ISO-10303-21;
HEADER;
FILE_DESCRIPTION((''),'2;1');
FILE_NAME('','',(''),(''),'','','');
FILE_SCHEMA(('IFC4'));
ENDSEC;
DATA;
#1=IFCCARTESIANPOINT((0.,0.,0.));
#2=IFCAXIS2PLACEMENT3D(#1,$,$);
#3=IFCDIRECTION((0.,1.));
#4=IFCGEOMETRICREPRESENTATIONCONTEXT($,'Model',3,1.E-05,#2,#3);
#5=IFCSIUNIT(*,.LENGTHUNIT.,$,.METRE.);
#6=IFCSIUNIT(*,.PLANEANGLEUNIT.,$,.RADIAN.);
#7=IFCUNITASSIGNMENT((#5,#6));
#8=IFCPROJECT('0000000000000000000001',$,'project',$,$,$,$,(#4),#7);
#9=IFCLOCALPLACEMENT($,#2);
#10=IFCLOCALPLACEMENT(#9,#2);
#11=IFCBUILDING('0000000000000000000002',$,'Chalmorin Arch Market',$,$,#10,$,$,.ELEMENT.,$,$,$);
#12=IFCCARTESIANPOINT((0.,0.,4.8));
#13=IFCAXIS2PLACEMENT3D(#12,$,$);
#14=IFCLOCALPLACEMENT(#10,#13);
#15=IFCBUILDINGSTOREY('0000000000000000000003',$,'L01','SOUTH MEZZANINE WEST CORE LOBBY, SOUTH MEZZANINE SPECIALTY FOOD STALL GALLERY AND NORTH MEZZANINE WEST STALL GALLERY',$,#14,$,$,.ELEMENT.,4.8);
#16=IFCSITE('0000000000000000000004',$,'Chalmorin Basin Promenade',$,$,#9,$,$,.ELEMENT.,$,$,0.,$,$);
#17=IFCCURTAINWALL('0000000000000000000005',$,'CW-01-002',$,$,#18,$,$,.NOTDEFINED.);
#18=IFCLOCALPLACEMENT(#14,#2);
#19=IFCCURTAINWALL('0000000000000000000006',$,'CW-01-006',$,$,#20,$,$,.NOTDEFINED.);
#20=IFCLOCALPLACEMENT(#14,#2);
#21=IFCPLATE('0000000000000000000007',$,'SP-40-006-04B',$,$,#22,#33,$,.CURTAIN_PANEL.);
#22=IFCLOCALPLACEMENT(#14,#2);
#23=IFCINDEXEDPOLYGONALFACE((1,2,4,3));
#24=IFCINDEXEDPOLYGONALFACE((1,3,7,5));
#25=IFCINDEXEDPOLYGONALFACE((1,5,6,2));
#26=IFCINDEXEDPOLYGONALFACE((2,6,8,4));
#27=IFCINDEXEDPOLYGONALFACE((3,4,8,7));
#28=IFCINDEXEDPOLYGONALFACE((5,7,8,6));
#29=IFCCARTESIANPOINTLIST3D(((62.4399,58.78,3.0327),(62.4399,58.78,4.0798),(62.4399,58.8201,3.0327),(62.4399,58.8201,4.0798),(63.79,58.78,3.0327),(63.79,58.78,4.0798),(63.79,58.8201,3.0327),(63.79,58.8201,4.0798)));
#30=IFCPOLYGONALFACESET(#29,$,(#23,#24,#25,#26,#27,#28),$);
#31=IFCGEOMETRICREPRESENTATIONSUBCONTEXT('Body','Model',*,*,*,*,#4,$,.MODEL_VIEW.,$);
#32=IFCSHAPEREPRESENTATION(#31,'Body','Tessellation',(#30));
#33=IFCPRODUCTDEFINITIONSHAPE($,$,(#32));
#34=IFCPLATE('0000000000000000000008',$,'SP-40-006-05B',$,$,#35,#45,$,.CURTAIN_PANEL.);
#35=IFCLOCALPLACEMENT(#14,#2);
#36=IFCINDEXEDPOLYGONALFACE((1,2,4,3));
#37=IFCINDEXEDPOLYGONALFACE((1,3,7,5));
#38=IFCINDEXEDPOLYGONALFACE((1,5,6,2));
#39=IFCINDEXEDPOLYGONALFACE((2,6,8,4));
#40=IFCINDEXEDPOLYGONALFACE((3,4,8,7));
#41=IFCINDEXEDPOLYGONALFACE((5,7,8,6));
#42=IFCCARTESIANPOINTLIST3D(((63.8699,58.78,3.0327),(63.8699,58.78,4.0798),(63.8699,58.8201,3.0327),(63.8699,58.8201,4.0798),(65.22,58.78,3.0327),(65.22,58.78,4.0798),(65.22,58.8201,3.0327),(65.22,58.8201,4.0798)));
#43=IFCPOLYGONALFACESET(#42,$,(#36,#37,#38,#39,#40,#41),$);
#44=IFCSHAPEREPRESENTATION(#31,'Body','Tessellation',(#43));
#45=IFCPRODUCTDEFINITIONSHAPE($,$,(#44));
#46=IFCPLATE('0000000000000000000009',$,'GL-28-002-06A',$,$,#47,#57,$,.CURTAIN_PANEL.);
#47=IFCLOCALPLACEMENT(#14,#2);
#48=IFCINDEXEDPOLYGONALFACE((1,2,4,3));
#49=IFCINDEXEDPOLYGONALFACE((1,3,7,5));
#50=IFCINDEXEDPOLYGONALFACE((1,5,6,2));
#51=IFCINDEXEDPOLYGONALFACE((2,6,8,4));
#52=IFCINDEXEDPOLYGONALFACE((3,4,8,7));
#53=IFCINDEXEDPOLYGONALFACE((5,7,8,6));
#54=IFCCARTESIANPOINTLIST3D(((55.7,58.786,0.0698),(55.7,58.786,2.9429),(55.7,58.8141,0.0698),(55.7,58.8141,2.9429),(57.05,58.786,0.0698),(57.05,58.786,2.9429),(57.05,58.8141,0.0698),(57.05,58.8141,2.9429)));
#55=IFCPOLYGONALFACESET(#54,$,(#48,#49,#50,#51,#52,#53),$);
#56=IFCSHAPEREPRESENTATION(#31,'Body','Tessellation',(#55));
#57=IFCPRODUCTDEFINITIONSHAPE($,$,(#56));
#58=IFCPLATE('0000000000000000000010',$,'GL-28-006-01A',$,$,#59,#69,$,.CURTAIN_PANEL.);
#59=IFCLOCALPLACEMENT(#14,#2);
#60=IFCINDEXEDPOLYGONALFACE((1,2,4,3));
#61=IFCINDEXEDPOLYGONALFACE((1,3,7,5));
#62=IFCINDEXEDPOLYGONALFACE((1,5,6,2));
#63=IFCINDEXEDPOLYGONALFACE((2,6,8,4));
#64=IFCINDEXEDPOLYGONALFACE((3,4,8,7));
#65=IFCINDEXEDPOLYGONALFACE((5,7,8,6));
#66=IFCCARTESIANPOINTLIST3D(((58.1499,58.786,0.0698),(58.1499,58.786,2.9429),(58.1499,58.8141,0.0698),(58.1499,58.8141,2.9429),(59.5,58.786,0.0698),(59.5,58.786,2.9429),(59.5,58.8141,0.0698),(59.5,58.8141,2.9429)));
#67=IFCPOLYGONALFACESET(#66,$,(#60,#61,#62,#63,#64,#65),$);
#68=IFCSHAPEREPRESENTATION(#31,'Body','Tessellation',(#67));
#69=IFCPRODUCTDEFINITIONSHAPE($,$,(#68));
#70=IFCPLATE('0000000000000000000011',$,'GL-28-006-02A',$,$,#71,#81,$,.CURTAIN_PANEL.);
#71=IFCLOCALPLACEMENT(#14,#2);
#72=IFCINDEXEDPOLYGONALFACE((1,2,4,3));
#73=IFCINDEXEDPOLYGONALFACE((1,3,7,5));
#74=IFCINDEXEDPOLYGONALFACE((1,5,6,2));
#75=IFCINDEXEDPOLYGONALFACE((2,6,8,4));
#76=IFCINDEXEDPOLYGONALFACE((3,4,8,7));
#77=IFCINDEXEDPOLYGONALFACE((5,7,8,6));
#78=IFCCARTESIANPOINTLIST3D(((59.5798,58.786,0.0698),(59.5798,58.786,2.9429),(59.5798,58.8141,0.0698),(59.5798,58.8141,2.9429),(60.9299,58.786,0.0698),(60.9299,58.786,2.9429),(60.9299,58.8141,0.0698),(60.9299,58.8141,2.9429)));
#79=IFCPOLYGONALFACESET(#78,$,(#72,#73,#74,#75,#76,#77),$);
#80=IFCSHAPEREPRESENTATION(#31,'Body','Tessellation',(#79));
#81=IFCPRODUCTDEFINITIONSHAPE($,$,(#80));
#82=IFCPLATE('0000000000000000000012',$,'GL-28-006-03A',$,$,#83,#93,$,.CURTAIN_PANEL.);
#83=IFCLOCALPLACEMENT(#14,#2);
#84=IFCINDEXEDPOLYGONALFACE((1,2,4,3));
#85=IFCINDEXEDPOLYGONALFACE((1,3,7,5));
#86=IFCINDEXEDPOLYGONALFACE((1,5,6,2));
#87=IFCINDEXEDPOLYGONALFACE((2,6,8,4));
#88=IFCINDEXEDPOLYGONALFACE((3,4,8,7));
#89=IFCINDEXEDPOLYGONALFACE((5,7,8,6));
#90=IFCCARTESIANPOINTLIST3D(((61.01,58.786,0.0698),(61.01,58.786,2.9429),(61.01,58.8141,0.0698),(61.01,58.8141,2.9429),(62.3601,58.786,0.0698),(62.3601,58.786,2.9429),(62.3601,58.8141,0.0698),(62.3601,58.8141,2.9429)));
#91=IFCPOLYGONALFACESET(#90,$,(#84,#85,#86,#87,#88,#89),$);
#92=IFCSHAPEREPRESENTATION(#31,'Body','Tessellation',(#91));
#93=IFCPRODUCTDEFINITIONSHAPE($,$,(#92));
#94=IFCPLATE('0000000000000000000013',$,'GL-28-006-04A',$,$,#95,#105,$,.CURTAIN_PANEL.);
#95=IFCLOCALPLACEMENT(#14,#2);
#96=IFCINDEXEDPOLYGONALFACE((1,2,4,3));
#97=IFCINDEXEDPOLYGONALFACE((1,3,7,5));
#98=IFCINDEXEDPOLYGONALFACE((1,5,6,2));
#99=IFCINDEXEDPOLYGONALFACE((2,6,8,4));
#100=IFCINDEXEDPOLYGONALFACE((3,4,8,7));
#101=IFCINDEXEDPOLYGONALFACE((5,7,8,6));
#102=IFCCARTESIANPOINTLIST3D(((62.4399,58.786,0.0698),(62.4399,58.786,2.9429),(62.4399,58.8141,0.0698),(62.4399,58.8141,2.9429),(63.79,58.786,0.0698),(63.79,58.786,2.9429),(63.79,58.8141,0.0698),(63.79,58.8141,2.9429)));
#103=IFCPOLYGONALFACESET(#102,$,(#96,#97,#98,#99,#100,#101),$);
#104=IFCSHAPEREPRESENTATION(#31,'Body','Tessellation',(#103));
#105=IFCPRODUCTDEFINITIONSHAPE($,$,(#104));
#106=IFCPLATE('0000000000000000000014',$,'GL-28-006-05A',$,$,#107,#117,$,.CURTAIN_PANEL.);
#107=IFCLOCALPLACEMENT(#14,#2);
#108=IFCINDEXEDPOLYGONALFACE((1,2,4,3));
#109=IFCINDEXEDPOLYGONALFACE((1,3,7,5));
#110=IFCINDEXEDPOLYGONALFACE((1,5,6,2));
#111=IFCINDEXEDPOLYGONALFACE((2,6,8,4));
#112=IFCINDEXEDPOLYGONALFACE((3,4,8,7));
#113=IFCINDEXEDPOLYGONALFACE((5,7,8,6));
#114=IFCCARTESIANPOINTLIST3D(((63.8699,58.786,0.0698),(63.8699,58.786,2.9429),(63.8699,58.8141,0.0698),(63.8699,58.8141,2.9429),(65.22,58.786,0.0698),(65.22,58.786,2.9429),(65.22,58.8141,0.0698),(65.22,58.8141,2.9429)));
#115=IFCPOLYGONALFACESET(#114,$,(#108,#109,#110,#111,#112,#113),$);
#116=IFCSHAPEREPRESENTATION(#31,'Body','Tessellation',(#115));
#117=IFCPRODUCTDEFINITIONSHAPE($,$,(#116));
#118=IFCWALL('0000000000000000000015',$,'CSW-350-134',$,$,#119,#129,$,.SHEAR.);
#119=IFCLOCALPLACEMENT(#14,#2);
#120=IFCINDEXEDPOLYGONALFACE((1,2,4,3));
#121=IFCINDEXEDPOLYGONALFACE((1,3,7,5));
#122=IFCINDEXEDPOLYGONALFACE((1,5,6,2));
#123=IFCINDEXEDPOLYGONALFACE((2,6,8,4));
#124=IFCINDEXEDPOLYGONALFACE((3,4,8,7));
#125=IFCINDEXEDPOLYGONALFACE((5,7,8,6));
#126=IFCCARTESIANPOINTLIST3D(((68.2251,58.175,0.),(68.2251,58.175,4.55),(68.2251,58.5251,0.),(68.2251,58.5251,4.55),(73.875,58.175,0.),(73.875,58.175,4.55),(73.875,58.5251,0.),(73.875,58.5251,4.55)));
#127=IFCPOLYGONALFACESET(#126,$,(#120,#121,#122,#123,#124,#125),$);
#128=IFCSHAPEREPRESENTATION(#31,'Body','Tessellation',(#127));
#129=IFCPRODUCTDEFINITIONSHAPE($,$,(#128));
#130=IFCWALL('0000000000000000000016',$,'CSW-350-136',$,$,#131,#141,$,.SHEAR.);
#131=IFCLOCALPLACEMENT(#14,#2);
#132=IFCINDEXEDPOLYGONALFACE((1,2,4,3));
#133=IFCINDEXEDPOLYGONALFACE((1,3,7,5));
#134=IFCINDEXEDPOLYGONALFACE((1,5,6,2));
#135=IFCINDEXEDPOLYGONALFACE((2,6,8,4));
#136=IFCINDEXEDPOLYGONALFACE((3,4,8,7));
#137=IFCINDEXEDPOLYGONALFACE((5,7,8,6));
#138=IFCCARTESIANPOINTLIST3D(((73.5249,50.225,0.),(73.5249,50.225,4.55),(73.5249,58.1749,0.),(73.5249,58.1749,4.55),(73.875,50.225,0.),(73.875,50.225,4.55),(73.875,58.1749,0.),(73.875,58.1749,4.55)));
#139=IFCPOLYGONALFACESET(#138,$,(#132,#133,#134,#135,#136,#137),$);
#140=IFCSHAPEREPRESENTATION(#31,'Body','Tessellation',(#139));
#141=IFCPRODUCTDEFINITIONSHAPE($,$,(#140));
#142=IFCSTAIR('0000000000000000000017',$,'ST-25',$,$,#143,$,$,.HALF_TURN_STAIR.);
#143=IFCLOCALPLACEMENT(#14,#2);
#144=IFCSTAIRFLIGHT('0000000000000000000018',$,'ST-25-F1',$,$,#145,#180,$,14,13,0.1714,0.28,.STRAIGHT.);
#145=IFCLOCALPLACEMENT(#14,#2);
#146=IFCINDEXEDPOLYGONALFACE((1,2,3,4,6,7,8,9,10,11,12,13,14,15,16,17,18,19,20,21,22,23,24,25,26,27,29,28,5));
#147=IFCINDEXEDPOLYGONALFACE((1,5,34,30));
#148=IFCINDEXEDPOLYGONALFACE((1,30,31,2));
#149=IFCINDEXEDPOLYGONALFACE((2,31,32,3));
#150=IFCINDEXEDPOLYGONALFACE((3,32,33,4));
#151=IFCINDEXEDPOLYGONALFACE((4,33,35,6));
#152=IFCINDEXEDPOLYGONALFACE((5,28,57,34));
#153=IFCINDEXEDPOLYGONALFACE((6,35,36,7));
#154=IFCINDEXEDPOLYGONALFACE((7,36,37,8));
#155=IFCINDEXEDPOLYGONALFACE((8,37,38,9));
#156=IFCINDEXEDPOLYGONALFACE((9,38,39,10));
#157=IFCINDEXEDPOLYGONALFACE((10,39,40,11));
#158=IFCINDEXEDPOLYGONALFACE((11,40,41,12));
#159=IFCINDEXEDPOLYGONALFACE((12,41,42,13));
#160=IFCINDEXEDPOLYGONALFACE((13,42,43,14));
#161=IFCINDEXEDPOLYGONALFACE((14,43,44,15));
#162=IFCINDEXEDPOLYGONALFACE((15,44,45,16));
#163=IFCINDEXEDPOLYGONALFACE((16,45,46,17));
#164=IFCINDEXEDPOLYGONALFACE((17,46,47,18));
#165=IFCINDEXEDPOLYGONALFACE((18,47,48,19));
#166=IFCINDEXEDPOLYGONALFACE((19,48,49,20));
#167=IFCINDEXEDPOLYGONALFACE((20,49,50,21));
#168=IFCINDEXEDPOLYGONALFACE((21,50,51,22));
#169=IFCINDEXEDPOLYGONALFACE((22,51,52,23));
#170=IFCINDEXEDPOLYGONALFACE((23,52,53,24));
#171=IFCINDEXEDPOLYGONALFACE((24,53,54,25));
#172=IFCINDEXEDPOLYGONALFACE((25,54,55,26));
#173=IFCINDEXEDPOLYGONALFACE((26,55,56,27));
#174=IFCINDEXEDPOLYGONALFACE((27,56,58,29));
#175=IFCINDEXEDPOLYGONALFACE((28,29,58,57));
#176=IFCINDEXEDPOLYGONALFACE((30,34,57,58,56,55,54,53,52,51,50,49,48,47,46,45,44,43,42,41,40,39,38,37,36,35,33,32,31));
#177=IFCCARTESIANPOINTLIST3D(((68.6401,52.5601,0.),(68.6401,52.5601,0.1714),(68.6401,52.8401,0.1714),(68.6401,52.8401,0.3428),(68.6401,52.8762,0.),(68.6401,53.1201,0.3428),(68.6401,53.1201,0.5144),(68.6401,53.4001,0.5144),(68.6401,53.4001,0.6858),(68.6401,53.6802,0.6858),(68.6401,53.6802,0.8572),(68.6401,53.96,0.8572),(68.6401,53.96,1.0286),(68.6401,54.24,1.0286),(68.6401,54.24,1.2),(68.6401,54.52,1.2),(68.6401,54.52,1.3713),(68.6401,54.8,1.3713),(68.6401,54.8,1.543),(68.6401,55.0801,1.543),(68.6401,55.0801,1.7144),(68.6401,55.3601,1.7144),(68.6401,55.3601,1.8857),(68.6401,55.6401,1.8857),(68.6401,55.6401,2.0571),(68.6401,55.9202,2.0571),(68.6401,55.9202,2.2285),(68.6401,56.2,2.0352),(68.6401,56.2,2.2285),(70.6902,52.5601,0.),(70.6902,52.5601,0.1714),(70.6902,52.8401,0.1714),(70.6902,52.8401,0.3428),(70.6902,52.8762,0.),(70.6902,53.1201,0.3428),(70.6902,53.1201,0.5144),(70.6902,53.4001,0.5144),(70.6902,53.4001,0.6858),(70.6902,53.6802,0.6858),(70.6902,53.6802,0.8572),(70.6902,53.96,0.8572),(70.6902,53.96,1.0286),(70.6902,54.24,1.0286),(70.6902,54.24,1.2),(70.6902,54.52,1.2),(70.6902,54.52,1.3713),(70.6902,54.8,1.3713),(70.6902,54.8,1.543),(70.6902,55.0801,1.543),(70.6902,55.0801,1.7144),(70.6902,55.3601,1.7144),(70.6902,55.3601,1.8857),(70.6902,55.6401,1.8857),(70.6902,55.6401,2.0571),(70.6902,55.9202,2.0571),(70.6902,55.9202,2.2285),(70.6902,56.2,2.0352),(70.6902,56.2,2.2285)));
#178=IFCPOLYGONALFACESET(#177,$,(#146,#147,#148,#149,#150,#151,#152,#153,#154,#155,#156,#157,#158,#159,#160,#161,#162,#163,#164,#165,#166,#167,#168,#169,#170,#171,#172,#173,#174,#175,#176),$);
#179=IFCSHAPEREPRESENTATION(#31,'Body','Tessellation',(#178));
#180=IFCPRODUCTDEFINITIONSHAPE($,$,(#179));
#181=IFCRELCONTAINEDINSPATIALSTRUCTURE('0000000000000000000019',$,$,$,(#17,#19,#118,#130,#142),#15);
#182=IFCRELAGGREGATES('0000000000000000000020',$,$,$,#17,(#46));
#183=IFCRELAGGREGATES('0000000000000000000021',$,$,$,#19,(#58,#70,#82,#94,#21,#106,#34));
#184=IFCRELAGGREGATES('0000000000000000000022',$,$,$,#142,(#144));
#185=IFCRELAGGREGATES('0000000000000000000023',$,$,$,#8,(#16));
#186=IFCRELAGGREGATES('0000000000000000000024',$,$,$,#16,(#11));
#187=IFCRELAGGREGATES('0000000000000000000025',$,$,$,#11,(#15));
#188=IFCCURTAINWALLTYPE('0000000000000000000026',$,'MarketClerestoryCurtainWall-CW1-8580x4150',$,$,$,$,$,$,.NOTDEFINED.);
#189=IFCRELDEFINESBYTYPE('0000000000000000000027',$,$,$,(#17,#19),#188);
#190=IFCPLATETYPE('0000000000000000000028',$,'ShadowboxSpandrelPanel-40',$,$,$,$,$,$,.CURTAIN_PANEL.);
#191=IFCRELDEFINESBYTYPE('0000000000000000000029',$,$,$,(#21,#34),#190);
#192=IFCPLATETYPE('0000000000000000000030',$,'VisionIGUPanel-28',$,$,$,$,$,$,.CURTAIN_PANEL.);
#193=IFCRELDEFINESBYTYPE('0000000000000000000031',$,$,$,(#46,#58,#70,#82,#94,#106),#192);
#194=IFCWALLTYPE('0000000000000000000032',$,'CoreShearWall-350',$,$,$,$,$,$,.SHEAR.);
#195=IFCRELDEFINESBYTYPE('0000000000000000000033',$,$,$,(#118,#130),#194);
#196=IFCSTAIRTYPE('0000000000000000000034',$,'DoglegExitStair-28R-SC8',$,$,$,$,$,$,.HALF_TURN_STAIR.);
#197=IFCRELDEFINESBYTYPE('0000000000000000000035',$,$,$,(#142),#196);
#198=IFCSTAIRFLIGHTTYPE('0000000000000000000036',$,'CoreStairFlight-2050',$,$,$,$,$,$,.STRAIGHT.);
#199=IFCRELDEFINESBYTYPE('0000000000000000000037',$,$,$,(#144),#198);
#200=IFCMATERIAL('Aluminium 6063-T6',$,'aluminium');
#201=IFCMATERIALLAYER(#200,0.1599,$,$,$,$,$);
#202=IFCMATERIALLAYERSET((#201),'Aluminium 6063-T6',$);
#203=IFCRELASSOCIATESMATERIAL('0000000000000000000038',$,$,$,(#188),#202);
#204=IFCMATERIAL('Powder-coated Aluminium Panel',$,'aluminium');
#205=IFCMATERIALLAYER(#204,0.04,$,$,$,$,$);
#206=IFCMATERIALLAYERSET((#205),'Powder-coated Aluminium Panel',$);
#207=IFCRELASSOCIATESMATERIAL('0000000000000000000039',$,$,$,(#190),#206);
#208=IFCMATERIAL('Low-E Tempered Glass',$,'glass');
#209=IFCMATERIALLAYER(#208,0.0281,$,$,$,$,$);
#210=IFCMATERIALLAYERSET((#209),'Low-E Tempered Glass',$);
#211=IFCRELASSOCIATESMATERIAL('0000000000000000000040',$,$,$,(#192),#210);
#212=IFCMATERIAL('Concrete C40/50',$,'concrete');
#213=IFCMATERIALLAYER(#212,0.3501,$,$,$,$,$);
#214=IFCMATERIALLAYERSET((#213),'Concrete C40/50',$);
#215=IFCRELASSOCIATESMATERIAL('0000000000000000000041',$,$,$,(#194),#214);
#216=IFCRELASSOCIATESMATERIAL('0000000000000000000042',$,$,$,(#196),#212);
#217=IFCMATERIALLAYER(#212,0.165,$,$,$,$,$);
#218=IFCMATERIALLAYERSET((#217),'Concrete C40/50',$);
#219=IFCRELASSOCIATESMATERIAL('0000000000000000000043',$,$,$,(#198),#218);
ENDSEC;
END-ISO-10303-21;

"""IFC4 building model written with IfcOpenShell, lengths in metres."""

from ifc_helpers import new_model, si_unit, direction, frame, frame_2d, origin, origin_2d, place, context, subcontext, project, spatial, polyline, rectangle, outline, extrude, material, layer, layer_set, type_object, element, aggregate, save


model = new_model("IFC4")

# Units and contexts
model_context = context("Model", 3, precision=1e-05, world=origin(), true_north=direction((0.0, 1.0)))
body_context = subcontext(model_context, "Body", "Model", "MODEL_VIEW")
ifc_project = project(units=[si_unit("LENGTHUNIT", "METRE"), si_unit("PLANEANGLEUNIT", "RADIAN")], contexts=[model_context])

# Site, building, storey
site_placement = place(None, origin())
site = spatial("IfcSite", under=ifc_project, at=site_placement, Name="Chalmorin Basin Promenade", CompositionType="ELEMENT", RefElevation=0.0)
building_placement = place(site_placement, origin())
building = spatial("IfcBuilding", under=site, at=building_placement, Name="Chalmorin Arch Market", CompositionType="ELEMENT")
storey_placement = place(building_placement, frame((0.0, 0.0, 4.8)))
storey = spatial("IfcBuildingStorey", under=building, at=storey_placement, Name="L01", Description="SOUTH MEZZANINE WEST CORE LOBBY, SOUTH MEZZANINE SPECIALTY FOOD STALL GALLERY AND NORTH MEZZANINE WEST STALL GALLERY", CompositionType="ELEMENT", Elevation=4.8)

# Curtain wall
ifc_material_1 = material(Name="Aluminium 6063-T6", Category="aluminium")
ifc_layer_1 = layer(ifc_material_1, 0.1599)
ifc_layer_set_1 = layer_set([ifc_layer_1], Name="Aluminium 6063-T6")
curtain_wall_type = type_object("IfcCurtainWallType", Name="MarketClerestoryCurtainWall-CW1-8580x4150", PredefinedType="NOTDEFINED", material=ifc_layer_set_1)
curtain_wall_1_placement = place(storey_placement, origin())
curtain_wall_1 = element("IfcCurtainWall", 1, at=curtain_wall_1_placement, inside=storey, type_object=curtain_wall_type, Name="CW-01-002", PredefinedType="NOTDEFINED")

# Curtain wall
curtain_wall_2_placement = place(storey_placement, origin())
curtain_wall_2 = element("IfcCurtainWall", 2, at=curtain_wall_2_placement, inside=storey, type_object=curtain_wall_type, Name="CW-01-006", PredefinedType="NOTDEFINED")

# Plates
ifc_material_2 = material(Name="Powder-coated Aluminium Panel", Category="aluminium")
ifc_layer_2 = layer(ifc_material_2, 0.04)
ifc_layer_set_2 = layer_set([ifc_layer_2], Name="Powder-coated Aluminium Panel")
plate_type_1 = type_object("IfcPlateType", Name="ShadowboxSpandrelPanel-40", PredefinedType="CURTAIN_PANEL", material=ifc_layer_set_2)
plate_1_placement = place(storey_placement, frame((63.115, 58.8, 3.0327), z_axis=(0.0, 0.0, 1.0), x_axis=(1.0, 0.0, 0.0)))
plate_1 = element("IfcPlate", 3, at=plate_1_placement, type_object=plate_type_1, Name="SP-40-006-04B", PredefinedType="CURTAIN_PANEL", context=body_context, shape_type="SweptSolid", body=[
    extrude(rectangle(XDim=1.3501, YDim=0.04, at=origin_2d()), origin(), (0.0, 0.0, 1.0), 1.0471),
])
plate_2_placement = place(storey_placement, frame((64.5449, 58.8, 3.0327), z_axis=(0.0, 0.0, 1.0), x_axis=(1.0, 0.0, 0.0)))
plate_2 = element("IfcPlate", 4, at=plate_2_placement, type_object=plate_type_1, Name="SP-40-006-05B", PredefinedType="CURTAIN_PANEL", context=body_context, shape_type="SweptSolid", body=[
    extrude(rectangle(XDim=1.3501, YDim=0.04, at=origin_2d()), origin(), (0.0, 0.0, 1.0), 1.0471),
])
ifc_material_3 = material(Name="Low-E Tempered Glass", Category="glass")
ifc_layer_3 = layer(ifc_material_3, 0.0281)
ifc_layer_set_3 = layer_set([ifc_layer_3], Name="Low-E Tempered Glass")
plate_type_2 = type_object("IfcPlateType", Name="VisionIGUPanel-28", PredefinedType="CURTAIN_PANEL", material=ifc_layer_set_3)
plate_3_placement = place(storey_placement, frame((56.375, 58.8, 0.0698), z_axis=(0.0, 0.0, 1.0), x_axis=(1.0, 0.0, 0.0)))
plate_3 = element("IfcPlate", 5, at=plate_3_placement, type_object=plate_type_2, Name="GL-28-002-06A", PredefinedType="CURTAIN_PANEL", context=body_context, shape_type="SweptSolid", body=[
    extrude(rectangle(XDim=1.3501, YDim=0.0281, at=origin_2d()), origin(), (0.0, 0.0, 1.0), 2.873),
])
aggregate(curtain_wall_1, [plate_3])
plate_4_placement = place(storey_placement, frame((58.825, 58.8, 0.0698), z_axis=(0.0, 0.0, 1.0), x_axis=(1.0, 0.0, 0.0)))
plate_4 = element("IfcPlate", 6, at=plate_4_placement, type_object=plate_type_2, Name="GL-28-006-01A", PredefinedType="CURTAIN_PANEL", context=body_context, shape_type="SweptSolid", body=[
    extrude(rectangle(XDim=1.3501, YDim=0.0281, at=origin_2d()), origin(), (0.0, 0.0, 1.0), 2.873),
])
plate_5_placement = place(storey_placement, frame((60.2549, 58.8, 0.0698), z_axis=(0.0, 0.0, 1.0), x_axis=(1.0, 0.0, 0.0)))
plate_5 = element("IfcPlate", 7, at=plate_5_placement, type_object=plate_type_2, Name="GL-28-006-02A", PredefinedType="CURTAIN_PANEL", context=body_context, shape_type="SweptSolid", body=[
    extrude(rectangle(XDim=1.3501, YDim=0.0281, at=origin_2d()), origin(), (0.0, 0.0, 1.0), 2.873),
])
plate_6_placement = place(storey_placement, frame((61.6851, 58.8, 0.0698), z_axis=(0.0, 0.0, 1.0), x_axis=(1.0, 0.0, 0.0)))
plate_6 = element("IfcPlate", 8, at=plate_6_placement, type_object=plate_type_2, Name="GL-28-006-03A", PredefinedType="CURTAIN_PANEL", context=body_context, shape_type="SweptSolid", body=[
    extrude(rectangle(XDim=1.3501, YDim=0.0281, at=origin_2d()), origin(), (0.0, 0.0, 1.0), 2.873),
])
plate_7_placement = place(storey_placement, frame((63.115, 58.8, 0.0698), z_axis=(0.0, 0.0, 1.0), x_axis=(1.0, 0.0, 0.0)))
plate_7 = element("IfcPlate", 9, at=plate_7_placement, type_object=plate_type_2, Name="GL-28-006-04A", PredefinedType="CURTAIN_PANEL", context=body_context, shape_type="SweptSolid", body=[
    extrude(rectangle(XDim=1.3501, YDim=0.0281, at=origin_2d()), origin(), (0.0, 0.0, 1.0), 2.873),
])
plate_8_placement = place(storey_placement, frame((64.5449, 58.8, 0.0698), z_axis=(0.0, 0.0, 1.0), x_axis=(1.0, 0.0, 0.0)))
plate_8 = element("IfcPlate", 10, at=plate_8_placement, type_object=plate_type_2, Name="GL-28-006-05A", PredefinedType="CURTAIN_PANEL", context=body_context, shape_type="SweptSolid", body=[
    extrude(rectangle(XDim=1.3501, YDim=0.0281, at=origin_2d()), origin(), (0.0, 0.0, 1.0), 2.873),
])
aggregate(curtain_wall_2, [plate_4, plate_5, plate_6, plate_7, plate_1, plate_8, plate_2])

# Walls
ifc_material_4 = material(Name="Concrete C40/50", Category="concrete")
ifc_layer_4 = layer(ifc_material_4, 0.3501)
ifc_layer_set_4 = layer_set([ifc_layer_4], Name="Concrete C40/50")
wall_type = type_object("IfcWallType", Name="CoreShearWall-350", PredefinedType="SHEAR", material=ifc_layer_set_4)
wall_1_placement = place(storey_placement, frame((68.2251, 58.3501, 0.0), z_axis=(0.0, 0.0, 1.0), x_axis=(1.0, 0.0, 0.0)))
element("IfcWall", 11, at=wall_1_placement, inside=storey, type_object=wall_type, Name="CSW-350-134", PredefinedType="SHEAR", context=body_context, shape_type="SweptSolid", body=[
    extrude(rectangle(XDim=5.6499, YDim=0.3501, at=frame_2d((2.825, 0.0))), origin(), (0.0, 0.0, 1.0), 4.55),
])
wall_2_placement = place(storey_placement, frame((73.7, 58.175, 0.0), z_axis=(0.0, 0.0, 1.0), x_axis=(0.0, -1.0, 0.0)))
element("IfcWall", 12, at=wall_2_placement, inside=storey, type_object=wall_type, Name="CSW-350-136", PredefinedType="SHEAR", context=body_context, shape_type="SweptSolid", body=[
    extrude(rectangle(XDim=7.95, YDim=0.3501, at=frame_2d((3.9751, 0.0))), origin(), (0.0, 0.0, 1.0), 4.55),
])

# Stair, stair flight
stair_type = type_object("IfcStairType", Name="DoglegExitStair-28R-SC8", PredefinedType="HALF_TURN_STAIR", material=ifc_material_4)
stair_placement = place(storey_placement, origin())
stair = element("IfcStair", 13, at=stair_placement, inside=storey, type_object=stair_type, Name="ST-25", PredefinedType="HALF_TURN_STAIR")
ifc_layer_5 = layer(ifc_material_4, 0.165)
ifc_layer_set_5 = layer_set([ifc_layer_5], Name="Concrete C40/50")
stair_flight_type = type_object("IfcStairFlightType", Name="CoreStairFlight-2050", PredefinedType="STRAIGHT", material=ifc_layer_set_5)
stair_flight_1_placement = place(storey_placement, frame((69.665, 52.5601, 0.0), z_axis=(0.0, 0.0, 1.0), x_axis=(0.0, 1.0, 0.0)))
stair_flight_1 = element("IfcStairFlight", 14, at=stair_flight_1_placement, type_object=stair_flight_type, Name="ST-25-F1", NumberOfRisers=14, NumberOfTreads=13, PredefinedType="STRAIGHT", RiserHeight=0.1714, TreadLength=0.28, context=body_context, shape_type="SweptSolid", body=[
    extrude(outline(polyline([(0.0, 0.0), (0.0, 0.1714), (0.28, 0.1714), (0.28, 0.3428), (0.5601, 0.3428), (0.5601, 0.5144), (0.8401, 0.5144), (0.8401, 0.6858), (1.1201, 0.6858), (1.1201, 0.8572), (1.3999, 0.8572), (1.3999, 1.0286), (1.6799, 1.0286), (1.6799, 1.2), (1.96, 1.2), (1.96, 1.3713), (2.24, 1.3713), (2.24, 1.543), (2.52, 1.543), (2.52, 1.7144), (2.8, 1.7144), (2.8, 1.8857), (3.0801, 1.8857), (3.0801, 2.0571), (3.3601, 2.0571), (3.3601, 2.2285), (3.6399, 2.2285), (3.6399, 2.3999), (3.6399, 2.0352), (0.3162, 0.0), (0.0, 0.0)])), frame((0.0, 1.0249, 0.0), z_axis=(0.0, -1.0, 0.0), x_axis=(1.0, 0.0, 0.0)), (0.0, 0.0, 1.0), 2.05),
])
aggregate(stair, [stair_flight_1])

save(model, "model.ifc")
